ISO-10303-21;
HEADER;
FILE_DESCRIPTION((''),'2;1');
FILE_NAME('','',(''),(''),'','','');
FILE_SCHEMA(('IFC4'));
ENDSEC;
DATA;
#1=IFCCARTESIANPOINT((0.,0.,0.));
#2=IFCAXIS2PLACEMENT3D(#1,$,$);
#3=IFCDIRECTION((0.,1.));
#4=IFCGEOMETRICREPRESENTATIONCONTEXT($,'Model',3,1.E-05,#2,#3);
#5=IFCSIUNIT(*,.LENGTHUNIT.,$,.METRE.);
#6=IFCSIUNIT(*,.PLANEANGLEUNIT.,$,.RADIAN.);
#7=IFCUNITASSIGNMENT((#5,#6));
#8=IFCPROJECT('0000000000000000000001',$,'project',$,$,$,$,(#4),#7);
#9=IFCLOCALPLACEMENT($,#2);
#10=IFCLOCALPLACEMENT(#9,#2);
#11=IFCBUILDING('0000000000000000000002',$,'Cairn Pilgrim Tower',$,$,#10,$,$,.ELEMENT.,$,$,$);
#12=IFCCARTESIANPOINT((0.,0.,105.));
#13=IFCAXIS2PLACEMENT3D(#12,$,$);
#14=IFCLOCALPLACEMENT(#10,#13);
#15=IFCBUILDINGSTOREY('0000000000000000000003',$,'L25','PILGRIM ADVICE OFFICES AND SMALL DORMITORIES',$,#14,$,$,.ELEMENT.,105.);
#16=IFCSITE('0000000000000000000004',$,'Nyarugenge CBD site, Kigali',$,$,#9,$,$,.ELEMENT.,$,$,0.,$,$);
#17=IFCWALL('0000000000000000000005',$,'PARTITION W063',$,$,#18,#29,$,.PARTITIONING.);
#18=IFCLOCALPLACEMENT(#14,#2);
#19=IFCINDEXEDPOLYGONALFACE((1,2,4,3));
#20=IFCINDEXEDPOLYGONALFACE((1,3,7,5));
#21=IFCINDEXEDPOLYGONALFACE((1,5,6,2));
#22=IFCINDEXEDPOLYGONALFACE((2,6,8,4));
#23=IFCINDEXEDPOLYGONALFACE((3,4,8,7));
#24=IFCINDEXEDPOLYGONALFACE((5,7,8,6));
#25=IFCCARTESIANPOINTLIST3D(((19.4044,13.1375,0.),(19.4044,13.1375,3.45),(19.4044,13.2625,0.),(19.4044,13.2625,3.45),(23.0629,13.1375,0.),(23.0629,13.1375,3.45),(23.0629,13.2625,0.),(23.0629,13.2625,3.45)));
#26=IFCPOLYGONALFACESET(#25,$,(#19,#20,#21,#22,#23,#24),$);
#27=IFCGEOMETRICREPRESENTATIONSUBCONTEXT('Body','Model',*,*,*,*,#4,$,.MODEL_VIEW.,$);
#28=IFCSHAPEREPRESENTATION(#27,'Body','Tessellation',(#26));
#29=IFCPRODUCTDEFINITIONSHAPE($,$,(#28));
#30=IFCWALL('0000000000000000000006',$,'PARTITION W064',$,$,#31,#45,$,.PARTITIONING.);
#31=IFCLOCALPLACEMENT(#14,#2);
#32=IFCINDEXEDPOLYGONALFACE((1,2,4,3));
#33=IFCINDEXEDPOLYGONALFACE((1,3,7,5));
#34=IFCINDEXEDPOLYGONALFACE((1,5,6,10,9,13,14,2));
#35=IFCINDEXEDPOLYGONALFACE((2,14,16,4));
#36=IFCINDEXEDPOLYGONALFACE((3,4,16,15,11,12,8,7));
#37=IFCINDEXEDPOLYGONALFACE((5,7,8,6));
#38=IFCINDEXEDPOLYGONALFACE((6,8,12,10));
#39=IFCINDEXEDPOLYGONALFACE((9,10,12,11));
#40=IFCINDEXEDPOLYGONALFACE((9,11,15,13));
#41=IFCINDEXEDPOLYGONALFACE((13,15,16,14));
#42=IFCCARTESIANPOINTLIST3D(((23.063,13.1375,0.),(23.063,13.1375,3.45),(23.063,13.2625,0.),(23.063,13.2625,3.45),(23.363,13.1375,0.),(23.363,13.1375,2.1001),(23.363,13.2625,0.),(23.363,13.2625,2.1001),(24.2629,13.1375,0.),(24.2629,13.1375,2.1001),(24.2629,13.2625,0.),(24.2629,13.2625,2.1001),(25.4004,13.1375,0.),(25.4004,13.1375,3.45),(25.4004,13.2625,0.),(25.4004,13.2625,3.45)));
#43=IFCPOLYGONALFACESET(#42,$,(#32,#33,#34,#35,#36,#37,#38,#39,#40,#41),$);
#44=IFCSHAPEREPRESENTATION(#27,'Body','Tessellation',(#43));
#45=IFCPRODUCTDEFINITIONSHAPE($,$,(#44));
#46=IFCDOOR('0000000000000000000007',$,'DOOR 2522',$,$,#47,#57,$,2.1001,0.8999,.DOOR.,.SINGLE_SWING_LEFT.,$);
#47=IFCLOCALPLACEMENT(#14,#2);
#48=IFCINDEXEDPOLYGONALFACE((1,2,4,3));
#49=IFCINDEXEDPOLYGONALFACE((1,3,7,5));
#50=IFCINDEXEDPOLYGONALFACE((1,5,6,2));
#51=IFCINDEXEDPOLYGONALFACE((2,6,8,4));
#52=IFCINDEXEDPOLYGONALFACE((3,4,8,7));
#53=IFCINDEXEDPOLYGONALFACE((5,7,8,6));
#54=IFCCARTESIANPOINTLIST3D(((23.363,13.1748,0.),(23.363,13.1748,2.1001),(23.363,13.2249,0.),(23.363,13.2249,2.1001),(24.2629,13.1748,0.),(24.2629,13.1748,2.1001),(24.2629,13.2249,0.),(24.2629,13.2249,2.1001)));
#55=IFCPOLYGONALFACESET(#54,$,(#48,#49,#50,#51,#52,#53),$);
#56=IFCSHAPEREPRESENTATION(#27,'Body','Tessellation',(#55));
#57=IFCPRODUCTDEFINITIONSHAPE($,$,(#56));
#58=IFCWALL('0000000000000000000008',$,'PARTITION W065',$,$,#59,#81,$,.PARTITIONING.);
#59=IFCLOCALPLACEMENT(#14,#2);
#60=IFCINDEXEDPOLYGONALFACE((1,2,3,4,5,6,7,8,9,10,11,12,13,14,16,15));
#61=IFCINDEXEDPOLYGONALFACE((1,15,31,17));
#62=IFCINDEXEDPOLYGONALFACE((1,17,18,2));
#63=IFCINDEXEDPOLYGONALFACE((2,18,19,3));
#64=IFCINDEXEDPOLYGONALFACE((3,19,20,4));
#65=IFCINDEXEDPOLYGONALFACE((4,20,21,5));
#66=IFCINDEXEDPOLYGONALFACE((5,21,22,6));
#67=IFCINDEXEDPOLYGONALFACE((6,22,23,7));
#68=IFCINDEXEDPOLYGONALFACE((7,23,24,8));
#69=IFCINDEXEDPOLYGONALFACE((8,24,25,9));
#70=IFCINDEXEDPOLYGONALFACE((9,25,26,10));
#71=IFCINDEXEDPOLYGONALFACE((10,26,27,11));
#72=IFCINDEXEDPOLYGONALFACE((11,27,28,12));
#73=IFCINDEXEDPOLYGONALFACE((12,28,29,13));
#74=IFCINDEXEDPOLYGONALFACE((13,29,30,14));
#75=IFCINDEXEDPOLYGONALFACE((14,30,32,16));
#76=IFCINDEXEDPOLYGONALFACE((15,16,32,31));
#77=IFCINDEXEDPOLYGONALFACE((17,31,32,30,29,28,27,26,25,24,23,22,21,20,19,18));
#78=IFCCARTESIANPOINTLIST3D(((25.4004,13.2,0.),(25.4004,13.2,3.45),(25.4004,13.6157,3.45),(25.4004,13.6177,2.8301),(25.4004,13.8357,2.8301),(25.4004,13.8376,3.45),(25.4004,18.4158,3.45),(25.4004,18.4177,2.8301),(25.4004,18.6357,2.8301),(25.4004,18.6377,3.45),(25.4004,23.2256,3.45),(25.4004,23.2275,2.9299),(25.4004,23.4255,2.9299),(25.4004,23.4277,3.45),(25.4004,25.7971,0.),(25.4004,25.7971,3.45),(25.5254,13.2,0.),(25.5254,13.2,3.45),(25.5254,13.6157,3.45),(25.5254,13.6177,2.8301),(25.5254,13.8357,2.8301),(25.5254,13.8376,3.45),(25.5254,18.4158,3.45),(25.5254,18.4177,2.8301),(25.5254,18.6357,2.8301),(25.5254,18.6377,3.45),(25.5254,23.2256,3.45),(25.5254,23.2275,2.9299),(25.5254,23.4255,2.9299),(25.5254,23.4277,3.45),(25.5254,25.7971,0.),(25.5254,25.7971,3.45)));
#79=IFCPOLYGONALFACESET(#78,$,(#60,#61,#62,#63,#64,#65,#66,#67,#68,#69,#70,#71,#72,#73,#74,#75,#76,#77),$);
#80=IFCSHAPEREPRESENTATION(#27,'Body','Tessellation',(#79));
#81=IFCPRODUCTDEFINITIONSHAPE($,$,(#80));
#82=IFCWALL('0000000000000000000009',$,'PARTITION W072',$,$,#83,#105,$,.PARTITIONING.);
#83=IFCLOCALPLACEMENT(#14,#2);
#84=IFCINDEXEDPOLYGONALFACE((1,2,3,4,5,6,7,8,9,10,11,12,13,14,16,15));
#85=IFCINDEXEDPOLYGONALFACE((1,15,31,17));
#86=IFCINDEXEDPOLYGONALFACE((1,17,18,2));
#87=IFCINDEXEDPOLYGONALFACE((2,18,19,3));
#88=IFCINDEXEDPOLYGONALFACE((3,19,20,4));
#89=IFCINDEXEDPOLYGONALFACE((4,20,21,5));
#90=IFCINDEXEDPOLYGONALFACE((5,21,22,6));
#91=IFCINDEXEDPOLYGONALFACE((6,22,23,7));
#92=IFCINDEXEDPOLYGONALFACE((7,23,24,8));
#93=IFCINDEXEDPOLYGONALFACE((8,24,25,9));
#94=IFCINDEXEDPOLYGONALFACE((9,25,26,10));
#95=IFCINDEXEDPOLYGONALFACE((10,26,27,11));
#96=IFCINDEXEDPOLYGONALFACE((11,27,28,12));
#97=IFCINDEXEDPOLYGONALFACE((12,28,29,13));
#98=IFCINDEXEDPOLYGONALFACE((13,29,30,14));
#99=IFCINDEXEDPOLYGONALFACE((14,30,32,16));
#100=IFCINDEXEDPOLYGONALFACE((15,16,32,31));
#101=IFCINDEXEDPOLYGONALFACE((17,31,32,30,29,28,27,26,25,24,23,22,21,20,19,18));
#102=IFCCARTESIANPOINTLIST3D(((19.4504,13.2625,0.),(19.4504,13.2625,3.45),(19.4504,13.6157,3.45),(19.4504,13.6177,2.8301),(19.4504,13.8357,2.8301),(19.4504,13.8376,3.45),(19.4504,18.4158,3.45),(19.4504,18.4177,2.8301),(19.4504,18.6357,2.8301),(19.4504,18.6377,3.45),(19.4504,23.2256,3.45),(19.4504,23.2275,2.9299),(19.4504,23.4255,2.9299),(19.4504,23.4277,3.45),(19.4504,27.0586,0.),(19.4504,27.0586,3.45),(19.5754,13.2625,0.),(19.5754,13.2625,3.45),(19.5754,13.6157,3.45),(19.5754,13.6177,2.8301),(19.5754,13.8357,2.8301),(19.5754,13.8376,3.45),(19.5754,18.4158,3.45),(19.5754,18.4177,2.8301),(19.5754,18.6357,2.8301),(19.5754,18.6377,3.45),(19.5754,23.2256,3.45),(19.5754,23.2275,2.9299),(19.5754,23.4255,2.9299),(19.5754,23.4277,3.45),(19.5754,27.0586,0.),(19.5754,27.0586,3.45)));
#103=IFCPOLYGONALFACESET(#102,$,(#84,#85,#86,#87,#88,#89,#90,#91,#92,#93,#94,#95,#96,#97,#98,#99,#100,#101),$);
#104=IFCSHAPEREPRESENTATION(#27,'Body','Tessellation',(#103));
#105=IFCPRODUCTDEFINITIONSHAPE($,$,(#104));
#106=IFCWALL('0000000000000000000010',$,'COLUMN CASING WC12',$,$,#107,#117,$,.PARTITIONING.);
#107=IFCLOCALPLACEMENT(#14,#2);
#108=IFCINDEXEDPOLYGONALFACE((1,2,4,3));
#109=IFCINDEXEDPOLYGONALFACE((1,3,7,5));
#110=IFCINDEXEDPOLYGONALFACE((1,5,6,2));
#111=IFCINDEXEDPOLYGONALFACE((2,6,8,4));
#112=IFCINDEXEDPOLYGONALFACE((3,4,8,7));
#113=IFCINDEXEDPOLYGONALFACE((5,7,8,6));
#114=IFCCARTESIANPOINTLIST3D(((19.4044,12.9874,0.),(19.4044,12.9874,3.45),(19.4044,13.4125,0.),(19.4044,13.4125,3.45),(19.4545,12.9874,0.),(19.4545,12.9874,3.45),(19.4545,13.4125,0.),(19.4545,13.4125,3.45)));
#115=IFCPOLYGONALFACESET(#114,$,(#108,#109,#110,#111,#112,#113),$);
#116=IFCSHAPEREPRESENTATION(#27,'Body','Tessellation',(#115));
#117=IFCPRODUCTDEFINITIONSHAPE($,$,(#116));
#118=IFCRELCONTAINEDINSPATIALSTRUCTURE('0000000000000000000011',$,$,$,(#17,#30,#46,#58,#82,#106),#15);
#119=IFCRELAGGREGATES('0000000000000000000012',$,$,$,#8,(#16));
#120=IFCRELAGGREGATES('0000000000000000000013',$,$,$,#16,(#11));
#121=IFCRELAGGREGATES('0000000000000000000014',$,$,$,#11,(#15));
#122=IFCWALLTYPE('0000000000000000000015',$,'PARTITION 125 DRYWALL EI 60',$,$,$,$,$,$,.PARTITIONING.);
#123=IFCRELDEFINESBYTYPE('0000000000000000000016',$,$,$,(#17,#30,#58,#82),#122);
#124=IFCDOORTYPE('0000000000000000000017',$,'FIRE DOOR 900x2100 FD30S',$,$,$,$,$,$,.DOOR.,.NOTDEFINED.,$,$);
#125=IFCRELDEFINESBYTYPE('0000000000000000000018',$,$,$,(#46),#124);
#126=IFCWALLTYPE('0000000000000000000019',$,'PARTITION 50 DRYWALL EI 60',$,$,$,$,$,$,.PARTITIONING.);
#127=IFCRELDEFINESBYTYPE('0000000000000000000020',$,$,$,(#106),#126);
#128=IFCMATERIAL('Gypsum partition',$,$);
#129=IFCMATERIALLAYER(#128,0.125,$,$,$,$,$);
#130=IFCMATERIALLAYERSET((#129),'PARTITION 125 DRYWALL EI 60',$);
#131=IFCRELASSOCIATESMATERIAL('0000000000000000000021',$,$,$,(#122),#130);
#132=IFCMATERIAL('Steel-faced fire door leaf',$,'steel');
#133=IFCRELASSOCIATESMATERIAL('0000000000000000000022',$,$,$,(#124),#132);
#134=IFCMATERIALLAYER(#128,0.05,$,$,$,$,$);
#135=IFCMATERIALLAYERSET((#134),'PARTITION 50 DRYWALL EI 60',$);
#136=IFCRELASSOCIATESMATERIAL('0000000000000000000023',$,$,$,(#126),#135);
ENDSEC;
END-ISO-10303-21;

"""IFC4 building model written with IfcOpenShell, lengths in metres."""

from ifc_helpers import new_model, si_unit, direction, frame, frame_2d, origin, place, context, subcontext, project, spatial, polyline, rectangle, outline, extrude, material, layer, layer_set, type_object, element, fill, save


model = new_model("IFC4")

# Units and contexts
model_context = context("Model", 3, precision=1e-05, world=origin(), true_north=direction((0.0, 1.0)))
body_context = subcontext(model_context, "Body", "Model", "MODEL_VIEW")
ifc_project = project(units=[si_unit("LENGTHUNIT", "METRE"), si_unit("PLANEANGLEUNIT", "RADIAN")], contexts=[model_context])

# Site, building, storey
site_placement = place(None, origin())
site = spatial("IfcSite", under=ifc_project, at=site_placement, Name="Nyarugenge CBD site, Kigali", CompositionType="ELEMENT", RefElevation=0.0)
building_placement = place(site_placement, origin())
building = spatial("IfcBuilding", under=site, at=building_placement, Name="Cairn Pilgrim Tower", CompositionType="ELEMENT")
storey_placement = place(building_placement, frame((0.0, 0.0, 105.0)))
storey = spatial("IfcBuildingStorey", under=building, at=storey_placement, Name="L25", Description="PILGRIM ADVICE OFFICES AND SMALL DORMITORIES", CompositionType="ELEMENT", Elevation=105.0)

# Shared definitions
ifc_material_1 = material(Name="Gypsum partition")
ifc_layer_1 = layer(ifc_material_1, 0.125)
ifc_layer_set_1 = layer_set([ifc_layer_1], Name="PARTITION 125 DRYWALL EI 60")
wall_type_1 = type_object("IfcWallType", Name="PARTITION 125 DRYWALL EI 60", PredefinedType="PARTITIONING", material=ifc_layer_set_1)

# Shared definitions
ifc_material_2 = material(Name="Steel-faced fire door leaf", Category="steel")
door_type_1 = type_object("IfcDoorType", Name="FIRE DOOR 900x2100 FD30S", OperationType="NOTDEFINED", PredefinedType="DOOR", material=ifc_material_2)

# Wall
wall_1_placement = place(storey_placement, frame((19.4045, 13.2, 0.0), z_axis=(0.0, 0.0, 1.0), x_axis=(1.0, 0.0, 0.0)))
element("IfcWall", 1, at=wall_1_placement, inside=storey, type_object=wall_type_1, Name="PARTITION W063", PredefinedType="PARTITIONING", context=body_context, shape_type="SweptSolid", body=[
    extrude(rectangle(XDim=3.6584, YDim=0.125, at=frame_2d((1.8291, 0.0))), origin(), (0.0, 0.0, 1.0), 3.45),
])

# Wall, opening, door
wall_2_placement = place(storey_placement, frame((23.063, 13.2, 0.0), z_axis=(0.0, 0.0, 1.0), x_axis=(1.0, 0.0, 0.0)))
wall_2 = element("IfcWall", 2, at=wall_2_placement, inside=storey, type_object=wall_type_1, Name="PARTITION W064", PredefinedType="PARTITIONING", context=body_context, shape_type="SweptSolid", body=[
    extrude(rectangle(XDim=2.3374, YDim=0.125, at=frame_2d((1.1687, 0.0))), origin(), (0.0, 0.0, 1.0), 3.45),
])
opening_1_placement = place(wall_2_placement, frame((0.3, 0.0, 0.0)))
opening_1 = element("IfcOpeningElement", 3, at=opening_1_placement, cuts=wall_2, PredefinedType="OPENING", context=body_context, shape_type="SweptSolid", body=[
    extrude(rectangle(XDim=0.8999, YDim=2.1001, at=frame_2d((0.45, 1.05))), frame((0.0, 0.0725, 0.0), z_axis=(0.0, -1.0, 0.0), x_axis=(1.0, 0.0, 0.0)), (0.0, 0.0, 1.0), 0.145),
])
door_1_placement = place(opening_1_placement, origin())
door_1 = element("IfcDoor", 4, at=door_1_placement, inside=storey, type_object=door_type_1, Name="DOOR 2522", OperationType="SINGLE_SWING_LEFT", OverallHeight=2.1001, OverallWidth=0.8999, PredefinedType="DOOR", context=body_context, shape_type="SweptSolid", body=[
    extrude(rectangle(XDim=0.8999, YDim=2.1001, at=frame_2d((0.45, 1.05))), frame((0.0, 0.0249, 0.0), z_axis=(0.0, -1.0, 0.0), x_axis=(1.0, 0.0, 0.0)), (0.0, 0.0, 1.0), 0.05),
])
fill(opening_1, door_1)

# Walls
wall_3_placement = place(storey_placement, frame((25.4629, 13.2, 0.0), z_axis=(0.0, 0.0, 1.0), x_axis=(0.0, 1.0, 0.0)))
element("IfcWall", 5, at=wall_3_placement, inside=storey, type_object=wall_type_1, Name="PARTITION W065", PredefinedType="PARTITIONING", context=body_context, shape_type="SweptSolid", body=[
    extrude(outline(polyline([(0.0, 0.0), (12.5972, 0.0), (12.5972, 3.45), (10.2278, 3.45), (10.2256, 2.9299), (10.0276, 2.9299), (10.0256, 3.45), (5.4377, 3.45), (5.4358, 2.8301), (5.2178, 2.8301), (5.2158, 3.45), (0.6377, 3.45), (0.6357, 2.8301), (0.4177, 2.8301), (0.4158, 3.45), (0.0, 3.45), (0.0, 0.0)])), frame((0.0, 0.0625, 0.0), z_axis=(0.0, -1.0, 0.0), x_axis=(1.0, 0.0, 0.0)), (0.0, 0.0, 1.0), 0.125),
])
wall_4_placement = place(storey_placement, frame((19.5129, 13.2625, 0.0), z_axis=(0.0, 0.0, 1.0), x_axis=(0.0, 1.0, 0.0)))
element("IfcWall", 6, at=wall_4_placement, inside=storey, type_object=wall_type_1, Name="PARTITION W072", PredefinedType="PARTITIONING", context=body_context, shape_type="SweptSolid", body=[
    extrude(outline(polyline([(0.0, 0.0), (13.7961, 0.0), (13.7961, 3.45), (10.1653, 3.45), (10.1631, 2.9299), (9.9651, 2.9299), (9.9631, 3.45), (5.3752, 3.45), (5.3733, 2.8301), (5.1553, 2.8301), (5.1533, 3.45), (0.5752, 3.45), (0.5732, 2.8301), (0.3552, 2.8301), (0.3533, 3.45), (0.0, 3.45), (0.0, 0.0)])), frame((0.0, 0.0625, 0.0), z_axis=(0.0, -1.0, 0.0), x_axis=(1.0, 0.0, 0.0)), (0.0, 0.0, 1.0), 0.125),
])
ifc_layer_2 = layer(ifc_material_1, 0.05)
ifc_layer_set_2 = layer_set([ifc_layer_2], Name="PARTITION 50 DRYWALL EI 60")
wall_type_2 = type_object("IfcWallType", Name="PARTITION 50 DRYWALL EI 60", PredefinedType="PARTITIONING", material=ifc_layer_set_2)
wall_5_placement = place(storey_placement, frame((19.4294, 12.9875, 0.0), z_axis=(0.0, 0.0, 1.0), x_axis=(0.0, 1.0, 0.0)))
element("IfcWall", 7, at=wall_5_placement, inside=storey, type_object=wall_type_2, Name="COLUMN CASING WC12", PredefinedType="PARTITIONING", context=body_context, shape_type="SweptSolid", body=[
    extrude(rectangle(XDim=0.425, YDim=0.05, at=frame_2d((0.2124, 0.0))), origin(), (0.0, 0.0, 1.0), 3.45),
])

save(model, "model.ifc")
